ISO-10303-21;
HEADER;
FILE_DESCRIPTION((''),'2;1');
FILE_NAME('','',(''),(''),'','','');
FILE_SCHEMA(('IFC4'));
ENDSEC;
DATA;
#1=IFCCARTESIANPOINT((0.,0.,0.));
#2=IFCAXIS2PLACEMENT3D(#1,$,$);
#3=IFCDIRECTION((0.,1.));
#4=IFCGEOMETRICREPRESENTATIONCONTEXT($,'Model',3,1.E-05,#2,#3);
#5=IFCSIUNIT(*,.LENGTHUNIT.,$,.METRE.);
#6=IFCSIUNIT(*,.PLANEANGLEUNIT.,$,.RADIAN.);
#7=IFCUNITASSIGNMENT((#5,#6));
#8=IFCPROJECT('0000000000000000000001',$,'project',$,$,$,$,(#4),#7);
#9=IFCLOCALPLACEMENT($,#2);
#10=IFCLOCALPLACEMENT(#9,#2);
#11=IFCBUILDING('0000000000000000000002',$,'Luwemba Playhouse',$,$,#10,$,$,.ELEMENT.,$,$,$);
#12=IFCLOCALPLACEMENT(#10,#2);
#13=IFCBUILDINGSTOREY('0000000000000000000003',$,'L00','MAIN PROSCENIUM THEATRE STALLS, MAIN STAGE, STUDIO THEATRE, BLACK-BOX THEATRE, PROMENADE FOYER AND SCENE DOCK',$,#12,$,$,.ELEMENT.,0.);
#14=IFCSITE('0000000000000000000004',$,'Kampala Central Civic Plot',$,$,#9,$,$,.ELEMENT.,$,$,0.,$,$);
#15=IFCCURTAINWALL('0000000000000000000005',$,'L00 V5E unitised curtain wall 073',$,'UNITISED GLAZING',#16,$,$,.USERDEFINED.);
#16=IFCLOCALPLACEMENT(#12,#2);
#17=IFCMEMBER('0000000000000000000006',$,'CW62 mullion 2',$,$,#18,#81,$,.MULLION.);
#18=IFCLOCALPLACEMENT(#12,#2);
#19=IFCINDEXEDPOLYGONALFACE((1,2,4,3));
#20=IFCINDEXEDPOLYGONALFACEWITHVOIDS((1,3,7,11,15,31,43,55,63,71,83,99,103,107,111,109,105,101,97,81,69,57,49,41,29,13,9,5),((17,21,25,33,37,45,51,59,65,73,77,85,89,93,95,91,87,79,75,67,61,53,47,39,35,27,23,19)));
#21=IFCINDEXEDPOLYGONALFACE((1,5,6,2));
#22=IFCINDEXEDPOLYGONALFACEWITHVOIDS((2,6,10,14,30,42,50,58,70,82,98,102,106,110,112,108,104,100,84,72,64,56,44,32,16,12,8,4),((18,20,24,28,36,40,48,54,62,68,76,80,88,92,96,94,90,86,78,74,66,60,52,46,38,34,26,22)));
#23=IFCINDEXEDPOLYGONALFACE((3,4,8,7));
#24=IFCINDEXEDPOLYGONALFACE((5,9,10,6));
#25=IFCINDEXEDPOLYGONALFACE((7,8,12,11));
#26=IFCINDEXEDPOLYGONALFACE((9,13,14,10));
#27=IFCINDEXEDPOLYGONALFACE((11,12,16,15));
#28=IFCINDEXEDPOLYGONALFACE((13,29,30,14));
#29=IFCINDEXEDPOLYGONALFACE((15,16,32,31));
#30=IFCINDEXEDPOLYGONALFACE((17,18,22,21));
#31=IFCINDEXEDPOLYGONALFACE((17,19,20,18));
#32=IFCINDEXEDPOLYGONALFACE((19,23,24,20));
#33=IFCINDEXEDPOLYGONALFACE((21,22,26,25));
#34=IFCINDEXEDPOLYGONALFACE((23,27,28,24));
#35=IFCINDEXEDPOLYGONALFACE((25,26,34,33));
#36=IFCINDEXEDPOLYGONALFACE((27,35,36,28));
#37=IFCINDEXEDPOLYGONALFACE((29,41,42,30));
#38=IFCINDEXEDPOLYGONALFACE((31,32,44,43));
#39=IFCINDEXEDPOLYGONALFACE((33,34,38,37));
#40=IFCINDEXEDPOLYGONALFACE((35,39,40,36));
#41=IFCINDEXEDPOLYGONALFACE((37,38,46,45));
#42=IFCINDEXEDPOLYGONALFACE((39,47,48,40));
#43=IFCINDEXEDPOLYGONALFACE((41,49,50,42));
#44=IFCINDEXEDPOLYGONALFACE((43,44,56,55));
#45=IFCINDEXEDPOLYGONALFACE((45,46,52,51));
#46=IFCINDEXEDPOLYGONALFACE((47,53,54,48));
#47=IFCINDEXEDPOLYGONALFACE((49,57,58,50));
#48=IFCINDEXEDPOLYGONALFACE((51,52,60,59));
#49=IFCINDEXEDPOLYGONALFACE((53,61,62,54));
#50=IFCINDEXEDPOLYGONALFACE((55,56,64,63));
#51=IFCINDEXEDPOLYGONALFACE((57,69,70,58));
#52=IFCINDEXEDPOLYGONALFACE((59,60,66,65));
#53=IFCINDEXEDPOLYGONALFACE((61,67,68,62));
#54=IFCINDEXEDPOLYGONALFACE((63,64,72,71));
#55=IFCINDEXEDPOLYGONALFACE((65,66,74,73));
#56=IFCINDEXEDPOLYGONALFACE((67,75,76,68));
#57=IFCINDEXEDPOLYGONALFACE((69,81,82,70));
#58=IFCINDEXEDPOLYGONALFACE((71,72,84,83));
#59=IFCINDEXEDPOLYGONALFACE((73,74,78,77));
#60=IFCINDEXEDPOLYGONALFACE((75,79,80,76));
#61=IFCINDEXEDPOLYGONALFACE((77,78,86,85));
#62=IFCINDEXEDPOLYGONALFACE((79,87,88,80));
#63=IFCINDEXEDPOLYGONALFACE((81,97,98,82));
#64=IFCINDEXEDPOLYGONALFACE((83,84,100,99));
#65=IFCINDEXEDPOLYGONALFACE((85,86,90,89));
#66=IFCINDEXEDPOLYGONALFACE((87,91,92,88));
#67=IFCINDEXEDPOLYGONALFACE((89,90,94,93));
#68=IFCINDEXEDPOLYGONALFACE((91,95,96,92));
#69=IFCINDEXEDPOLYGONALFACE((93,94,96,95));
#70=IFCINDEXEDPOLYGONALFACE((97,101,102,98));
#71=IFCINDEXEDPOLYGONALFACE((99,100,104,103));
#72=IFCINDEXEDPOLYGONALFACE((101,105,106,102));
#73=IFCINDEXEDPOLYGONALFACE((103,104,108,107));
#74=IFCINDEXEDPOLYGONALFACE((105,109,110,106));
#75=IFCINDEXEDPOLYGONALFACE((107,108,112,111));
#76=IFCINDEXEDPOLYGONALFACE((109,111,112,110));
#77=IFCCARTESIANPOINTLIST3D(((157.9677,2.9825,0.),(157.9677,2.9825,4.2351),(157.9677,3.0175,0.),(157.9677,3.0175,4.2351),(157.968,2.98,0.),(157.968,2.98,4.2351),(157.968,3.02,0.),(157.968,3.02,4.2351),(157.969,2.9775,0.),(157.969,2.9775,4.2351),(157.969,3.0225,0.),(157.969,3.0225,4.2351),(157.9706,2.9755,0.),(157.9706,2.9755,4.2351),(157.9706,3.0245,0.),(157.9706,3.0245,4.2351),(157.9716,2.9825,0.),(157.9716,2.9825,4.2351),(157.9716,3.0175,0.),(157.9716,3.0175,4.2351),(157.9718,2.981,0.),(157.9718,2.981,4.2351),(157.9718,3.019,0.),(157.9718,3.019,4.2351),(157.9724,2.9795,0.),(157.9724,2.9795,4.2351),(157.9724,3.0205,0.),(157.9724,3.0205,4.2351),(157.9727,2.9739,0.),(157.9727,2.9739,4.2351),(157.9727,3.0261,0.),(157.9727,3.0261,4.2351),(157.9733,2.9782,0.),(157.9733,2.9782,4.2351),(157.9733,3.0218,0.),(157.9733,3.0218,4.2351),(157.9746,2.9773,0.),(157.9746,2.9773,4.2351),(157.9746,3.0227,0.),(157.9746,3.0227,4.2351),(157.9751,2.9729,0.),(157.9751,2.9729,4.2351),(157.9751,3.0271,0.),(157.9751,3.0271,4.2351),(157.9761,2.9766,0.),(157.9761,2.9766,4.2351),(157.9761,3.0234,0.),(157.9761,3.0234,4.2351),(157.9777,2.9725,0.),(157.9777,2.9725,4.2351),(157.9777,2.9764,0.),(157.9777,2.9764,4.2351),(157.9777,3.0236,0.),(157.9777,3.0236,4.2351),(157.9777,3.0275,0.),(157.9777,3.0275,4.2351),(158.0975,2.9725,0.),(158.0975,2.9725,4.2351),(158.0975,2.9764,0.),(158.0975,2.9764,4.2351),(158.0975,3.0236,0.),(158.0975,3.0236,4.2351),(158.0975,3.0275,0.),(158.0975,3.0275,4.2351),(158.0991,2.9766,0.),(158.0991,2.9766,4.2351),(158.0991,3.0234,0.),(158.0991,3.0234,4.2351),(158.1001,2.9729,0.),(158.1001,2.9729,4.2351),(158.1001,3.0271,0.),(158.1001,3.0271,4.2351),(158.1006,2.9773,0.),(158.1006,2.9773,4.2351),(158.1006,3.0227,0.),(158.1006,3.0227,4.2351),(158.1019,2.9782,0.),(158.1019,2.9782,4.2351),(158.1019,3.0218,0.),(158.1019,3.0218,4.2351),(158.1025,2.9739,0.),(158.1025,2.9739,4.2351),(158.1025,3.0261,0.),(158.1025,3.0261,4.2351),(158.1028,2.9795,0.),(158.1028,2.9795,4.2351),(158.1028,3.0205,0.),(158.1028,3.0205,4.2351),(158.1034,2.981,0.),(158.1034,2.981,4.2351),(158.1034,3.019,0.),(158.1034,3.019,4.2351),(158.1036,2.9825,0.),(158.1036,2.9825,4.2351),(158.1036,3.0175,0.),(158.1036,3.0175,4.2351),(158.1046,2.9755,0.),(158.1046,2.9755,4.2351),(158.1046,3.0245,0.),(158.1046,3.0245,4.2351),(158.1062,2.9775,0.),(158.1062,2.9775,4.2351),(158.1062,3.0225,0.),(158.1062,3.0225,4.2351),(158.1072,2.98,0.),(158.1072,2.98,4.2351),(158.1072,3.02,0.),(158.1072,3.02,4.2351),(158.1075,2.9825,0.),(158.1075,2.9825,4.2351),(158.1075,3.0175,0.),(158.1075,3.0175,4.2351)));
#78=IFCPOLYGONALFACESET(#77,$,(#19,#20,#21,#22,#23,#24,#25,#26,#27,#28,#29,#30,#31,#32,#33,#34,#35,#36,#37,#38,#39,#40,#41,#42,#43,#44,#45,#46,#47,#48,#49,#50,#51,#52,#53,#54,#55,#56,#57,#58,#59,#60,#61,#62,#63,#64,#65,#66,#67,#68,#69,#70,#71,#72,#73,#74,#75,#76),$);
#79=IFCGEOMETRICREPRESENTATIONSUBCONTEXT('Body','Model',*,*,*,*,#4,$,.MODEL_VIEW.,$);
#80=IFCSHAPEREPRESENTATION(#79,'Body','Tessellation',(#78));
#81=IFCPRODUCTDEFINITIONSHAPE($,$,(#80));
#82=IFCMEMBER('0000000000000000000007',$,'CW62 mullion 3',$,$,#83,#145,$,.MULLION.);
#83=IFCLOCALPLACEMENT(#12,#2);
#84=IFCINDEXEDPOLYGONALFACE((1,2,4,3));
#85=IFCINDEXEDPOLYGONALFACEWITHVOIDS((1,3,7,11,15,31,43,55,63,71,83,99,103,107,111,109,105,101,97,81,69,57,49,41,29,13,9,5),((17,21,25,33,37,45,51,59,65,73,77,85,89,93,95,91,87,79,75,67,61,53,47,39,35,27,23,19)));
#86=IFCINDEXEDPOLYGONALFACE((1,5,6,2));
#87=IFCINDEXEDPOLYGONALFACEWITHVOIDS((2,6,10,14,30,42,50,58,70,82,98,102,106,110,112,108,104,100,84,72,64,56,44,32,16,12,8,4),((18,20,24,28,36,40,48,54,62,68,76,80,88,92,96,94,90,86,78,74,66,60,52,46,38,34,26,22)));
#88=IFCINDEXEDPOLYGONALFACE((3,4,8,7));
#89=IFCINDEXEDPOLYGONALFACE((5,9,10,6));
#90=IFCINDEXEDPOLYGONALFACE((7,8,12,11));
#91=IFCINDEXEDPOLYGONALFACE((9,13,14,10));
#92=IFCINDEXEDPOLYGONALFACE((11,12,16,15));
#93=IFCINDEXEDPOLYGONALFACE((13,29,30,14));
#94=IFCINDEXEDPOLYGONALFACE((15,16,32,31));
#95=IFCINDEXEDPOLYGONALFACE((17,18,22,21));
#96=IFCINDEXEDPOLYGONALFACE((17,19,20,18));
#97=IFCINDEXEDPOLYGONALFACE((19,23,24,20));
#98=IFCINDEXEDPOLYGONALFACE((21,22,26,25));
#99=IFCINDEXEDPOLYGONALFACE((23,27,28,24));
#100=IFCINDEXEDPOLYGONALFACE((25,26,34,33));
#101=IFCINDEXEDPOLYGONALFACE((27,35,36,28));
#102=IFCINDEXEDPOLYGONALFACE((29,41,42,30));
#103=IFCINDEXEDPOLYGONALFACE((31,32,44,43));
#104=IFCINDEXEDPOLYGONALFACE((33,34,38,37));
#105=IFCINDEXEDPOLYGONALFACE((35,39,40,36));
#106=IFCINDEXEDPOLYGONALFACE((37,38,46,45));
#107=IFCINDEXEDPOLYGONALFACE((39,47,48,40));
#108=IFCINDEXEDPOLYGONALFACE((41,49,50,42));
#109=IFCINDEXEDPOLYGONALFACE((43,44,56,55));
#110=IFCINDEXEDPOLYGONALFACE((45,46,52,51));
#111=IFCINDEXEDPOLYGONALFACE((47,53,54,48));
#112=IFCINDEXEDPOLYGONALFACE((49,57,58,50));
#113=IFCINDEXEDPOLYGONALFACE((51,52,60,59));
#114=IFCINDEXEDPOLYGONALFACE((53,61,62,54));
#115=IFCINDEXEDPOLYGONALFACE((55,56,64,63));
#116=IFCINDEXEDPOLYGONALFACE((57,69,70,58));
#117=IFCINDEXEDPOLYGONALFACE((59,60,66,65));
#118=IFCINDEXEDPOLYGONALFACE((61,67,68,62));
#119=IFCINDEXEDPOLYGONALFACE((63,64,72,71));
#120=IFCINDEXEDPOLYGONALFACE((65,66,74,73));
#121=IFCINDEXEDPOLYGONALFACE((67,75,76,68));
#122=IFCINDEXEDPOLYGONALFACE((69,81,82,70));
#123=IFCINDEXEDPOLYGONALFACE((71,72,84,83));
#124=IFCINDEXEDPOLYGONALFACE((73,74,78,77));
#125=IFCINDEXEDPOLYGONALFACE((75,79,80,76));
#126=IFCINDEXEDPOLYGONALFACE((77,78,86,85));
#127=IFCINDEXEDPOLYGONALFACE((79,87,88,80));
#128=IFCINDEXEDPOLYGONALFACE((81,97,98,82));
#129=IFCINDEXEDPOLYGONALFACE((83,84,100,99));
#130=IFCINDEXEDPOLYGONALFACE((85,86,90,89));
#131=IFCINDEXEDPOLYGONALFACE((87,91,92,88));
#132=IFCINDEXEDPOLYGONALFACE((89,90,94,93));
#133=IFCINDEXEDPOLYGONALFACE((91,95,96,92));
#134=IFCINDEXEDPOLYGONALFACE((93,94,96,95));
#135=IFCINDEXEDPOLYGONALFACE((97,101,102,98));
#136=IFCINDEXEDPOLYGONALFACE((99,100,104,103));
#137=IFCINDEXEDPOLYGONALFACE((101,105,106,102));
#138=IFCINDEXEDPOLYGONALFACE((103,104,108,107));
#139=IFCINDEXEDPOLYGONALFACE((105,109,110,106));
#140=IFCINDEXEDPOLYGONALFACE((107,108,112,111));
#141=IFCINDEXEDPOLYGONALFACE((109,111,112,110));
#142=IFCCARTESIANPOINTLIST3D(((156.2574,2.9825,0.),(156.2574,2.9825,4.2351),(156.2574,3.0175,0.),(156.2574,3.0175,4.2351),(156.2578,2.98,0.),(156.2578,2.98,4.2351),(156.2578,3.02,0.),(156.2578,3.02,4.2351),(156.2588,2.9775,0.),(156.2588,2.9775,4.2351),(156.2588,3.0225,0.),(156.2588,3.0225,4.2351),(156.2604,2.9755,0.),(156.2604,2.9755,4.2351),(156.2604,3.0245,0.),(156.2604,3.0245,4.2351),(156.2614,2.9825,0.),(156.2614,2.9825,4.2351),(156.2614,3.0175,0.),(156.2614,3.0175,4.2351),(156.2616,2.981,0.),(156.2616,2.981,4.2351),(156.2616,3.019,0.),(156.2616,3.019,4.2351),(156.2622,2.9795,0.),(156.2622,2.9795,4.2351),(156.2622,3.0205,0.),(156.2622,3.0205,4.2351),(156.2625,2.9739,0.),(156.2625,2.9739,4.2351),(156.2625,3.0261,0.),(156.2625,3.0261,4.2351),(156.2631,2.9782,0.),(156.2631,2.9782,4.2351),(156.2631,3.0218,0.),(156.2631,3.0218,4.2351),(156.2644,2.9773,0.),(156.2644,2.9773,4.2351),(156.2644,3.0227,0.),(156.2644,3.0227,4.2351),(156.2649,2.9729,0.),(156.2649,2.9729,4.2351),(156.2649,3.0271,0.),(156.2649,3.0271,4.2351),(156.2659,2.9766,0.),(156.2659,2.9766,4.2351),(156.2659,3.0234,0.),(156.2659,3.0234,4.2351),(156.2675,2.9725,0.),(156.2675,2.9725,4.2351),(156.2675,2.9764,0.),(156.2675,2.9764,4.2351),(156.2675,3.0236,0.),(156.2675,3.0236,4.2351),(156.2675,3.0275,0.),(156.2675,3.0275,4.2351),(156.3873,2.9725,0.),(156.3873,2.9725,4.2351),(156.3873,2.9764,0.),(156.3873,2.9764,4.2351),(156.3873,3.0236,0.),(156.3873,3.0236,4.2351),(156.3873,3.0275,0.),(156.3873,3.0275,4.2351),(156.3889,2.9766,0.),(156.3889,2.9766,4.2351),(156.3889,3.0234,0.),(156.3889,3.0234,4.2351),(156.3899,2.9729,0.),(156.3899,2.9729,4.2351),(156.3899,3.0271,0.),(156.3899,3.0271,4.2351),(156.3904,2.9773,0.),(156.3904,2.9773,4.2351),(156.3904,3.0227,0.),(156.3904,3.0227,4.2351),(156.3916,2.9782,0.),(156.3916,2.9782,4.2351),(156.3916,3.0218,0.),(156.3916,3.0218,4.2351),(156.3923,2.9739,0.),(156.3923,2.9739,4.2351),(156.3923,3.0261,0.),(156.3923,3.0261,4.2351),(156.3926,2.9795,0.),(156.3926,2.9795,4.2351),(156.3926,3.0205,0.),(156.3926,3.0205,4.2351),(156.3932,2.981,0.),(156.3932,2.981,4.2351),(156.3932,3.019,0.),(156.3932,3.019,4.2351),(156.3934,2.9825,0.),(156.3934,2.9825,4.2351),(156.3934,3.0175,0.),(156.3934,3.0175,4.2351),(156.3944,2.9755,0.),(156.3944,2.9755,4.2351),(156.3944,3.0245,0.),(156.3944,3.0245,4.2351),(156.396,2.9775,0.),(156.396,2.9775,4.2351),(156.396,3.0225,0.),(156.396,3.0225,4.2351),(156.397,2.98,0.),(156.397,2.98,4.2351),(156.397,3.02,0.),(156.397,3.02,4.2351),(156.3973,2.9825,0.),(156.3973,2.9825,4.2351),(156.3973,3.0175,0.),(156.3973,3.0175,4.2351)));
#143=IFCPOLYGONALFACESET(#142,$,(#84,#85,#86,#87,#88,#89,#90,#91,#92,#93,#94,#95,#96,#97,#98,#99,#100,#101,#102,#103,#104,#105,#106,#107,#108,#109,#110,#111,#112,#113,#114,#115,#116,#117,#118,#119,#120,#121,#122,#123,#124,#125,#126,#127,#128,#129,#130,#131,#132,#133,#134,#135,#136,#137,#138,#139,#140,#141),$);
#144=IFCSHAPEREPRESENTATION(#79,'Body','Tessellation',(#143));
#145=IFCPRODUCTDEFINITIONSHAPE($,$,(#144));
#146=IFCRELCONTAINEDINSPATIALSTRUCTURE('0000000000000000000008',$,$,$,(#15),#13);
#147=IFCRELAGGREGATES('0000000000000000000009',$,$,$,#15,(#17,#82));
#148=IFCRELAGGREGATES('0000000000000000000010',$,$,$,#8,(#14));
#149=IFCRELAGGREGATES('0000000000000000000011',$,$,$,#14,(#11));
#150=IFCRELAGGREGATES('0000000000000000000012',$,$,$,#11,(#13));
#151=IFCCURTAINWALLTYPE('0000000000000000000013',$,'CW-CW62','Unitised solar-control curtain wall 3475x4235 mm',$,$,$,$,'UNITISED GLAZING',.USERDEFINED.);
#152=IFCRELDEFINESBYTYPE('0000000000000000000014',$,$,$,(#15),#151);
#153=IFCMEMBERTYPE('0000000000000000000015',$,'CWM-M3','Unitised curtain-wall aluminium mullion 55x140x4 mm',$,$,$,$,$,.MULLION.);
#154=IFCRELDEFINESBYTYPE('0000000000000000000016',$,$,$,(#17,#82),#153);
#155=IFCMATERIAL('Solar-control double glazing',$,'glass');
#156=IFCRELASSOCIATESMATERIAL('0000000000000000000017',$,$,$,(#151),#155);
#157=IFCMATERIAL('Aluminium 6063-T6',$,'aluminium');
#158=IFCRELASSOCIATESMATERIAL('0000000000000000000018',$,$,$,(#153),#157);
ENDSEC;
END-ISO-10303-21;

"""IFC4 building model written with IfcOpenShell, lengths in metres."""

from ifc_helpers import new_model, si_unit, direction, frame, origin, origin_2d, place, context, subcontext, project, spatial, hollow_rectangle, extrude, material, material_profile, profile_set, type_object, element, aggregate, save


model = new_model("IFC4")

# Units and contexts
model_context = context("Model", 3, precision=1e-05, world=origin(), true_north=direction((0.0, 1.0)))
body_context = subcontext(model_context, "Body", "Model", "MODEL_VIEW")
ifc_project = project(units=[si_unit("LENGTHUNIT", "METRE"), si_unit("PLANEANGLEUNIT", "RADIAN")], contexts=[model_context])

# Site, building, storey
site_placement = place(None, origin())
site = spatial("IfcSite", under=ifc_project, at=site_placement, Name="Kampala Central Civic Plot", CompositionType="ELEMENT", RefElevation=0.0)
building_placement = place(site_placement, origin())
building = spatial("IfcBuilding", under=site, at=building_placement, Name="Luwemba Playhouse", CompositionType="ELEMENT")
storey_placement = place(building_placement, origin())
storey = spatial("IfcBuildingStorey", under=building, at=storey_placement, Name="L00", Description="MAIN PROSCENIUM THEATRE STALLS, MAIN STAGE, STUDIO THEATRE, BLACK-BOX THEATRE, PROMENADE FOYER AND SCENE DOCK", CompositionType="ELEMENT", Elevation=0.0)

# Curtain wall, members
ifc_material_1 = material(Name="Solar-control double glazing", Category="glass")
ifc_material_2 = material(Name="Aluminium 6063-T6", Category="aluminium")
curtain_wall_type_1 = type_object("IfcCurtainWallType", Name="CW-CW62", Description="Unitised solar-control curtain wall 3475x4235 mm", ElementType="UNITISED GLAZING", PredefinedType="USERDEFINED", material=ifc_material_1)
curtain_wall_1_placement = place(storey_placement, origin())
curtain_wall_1 = element("IfcCurtainWall", 1, at=curtain_wall_1_placement, inside=storey, type_object=curtain_wall_type_1, Name="L00 V5E unitised curtain wall 073", ObjectType="UNITISED GLAZING", PredefinedType="USERDEFINED")
ifc_material_profile_1 = material_profile(ifc_material_2, hollow_rectangle(XDim=0.0549, YDim=0.1399, WallThickness=0.0039, InnerFilletRadius=0.0061, OuterFilletRadius=0.01, at=origin_2d()))
ifc_profile_set_1 = profile_set([ifc_material_profile_1], Name="Aluminium 6063-T6")
member_type_1 = type_object("IfcMemberType", Name="CWM-M3", Description="Unitised curtain-wall aluminium mullion 55x140x4 mm", PredefinedType="MULLION", material=ifc_profile_set_1)
member_1_placement = place(storey_placement, frame((158.0376, 3.0, 0.0), z_axis=(0.0, 0.0, 1.0), x_axis=(0.0, -1.0, 0.0)))
member_1 = element("IfcMember", 2, at=member_1_placement, type_object=member_type_1, Name="CW62 mullion 2", PredefinedType="MULLION", context=body_context, shape_type="SweptSolid", body=[
    extrude(hollow_rectangle(XDim=0.0549, YDim=0.1399, WallThickness=0.0039, InnerFilletRadius=0.0061, OuterFilletRadius=0.01, at=origin_2d()), origin(), (0.0, 0.0, 1.0), 4.2351),
])
member_2_placement = place(storey_placement, frame((156.3274, 3.0, 0.0), z_axis=(0.0, 0.0, 1.0), x_axis=(0.0, -1.0, 0.0)))
member_2 = element("IfcMember", 3, at=member_2_placement, type_object=member_type_1, Name="CW62 mullion 3", PredefinedType="MULLION", context=body_context, shape_type="SweptSolid", body=[
    extrude(hollow_rectangle(XDim=0.0549, YDim=0.1399, WallThickness=0.0039, InnerFilletRadius=0.0061, OuterFilletRadius=0.01, at=origin_2d()), origin(), (0.0, 0.0, 1.0), 4.2351),
])

aggregate(curtain_wall_1, [member_1, member_2])

save(model, "model.ifc")
